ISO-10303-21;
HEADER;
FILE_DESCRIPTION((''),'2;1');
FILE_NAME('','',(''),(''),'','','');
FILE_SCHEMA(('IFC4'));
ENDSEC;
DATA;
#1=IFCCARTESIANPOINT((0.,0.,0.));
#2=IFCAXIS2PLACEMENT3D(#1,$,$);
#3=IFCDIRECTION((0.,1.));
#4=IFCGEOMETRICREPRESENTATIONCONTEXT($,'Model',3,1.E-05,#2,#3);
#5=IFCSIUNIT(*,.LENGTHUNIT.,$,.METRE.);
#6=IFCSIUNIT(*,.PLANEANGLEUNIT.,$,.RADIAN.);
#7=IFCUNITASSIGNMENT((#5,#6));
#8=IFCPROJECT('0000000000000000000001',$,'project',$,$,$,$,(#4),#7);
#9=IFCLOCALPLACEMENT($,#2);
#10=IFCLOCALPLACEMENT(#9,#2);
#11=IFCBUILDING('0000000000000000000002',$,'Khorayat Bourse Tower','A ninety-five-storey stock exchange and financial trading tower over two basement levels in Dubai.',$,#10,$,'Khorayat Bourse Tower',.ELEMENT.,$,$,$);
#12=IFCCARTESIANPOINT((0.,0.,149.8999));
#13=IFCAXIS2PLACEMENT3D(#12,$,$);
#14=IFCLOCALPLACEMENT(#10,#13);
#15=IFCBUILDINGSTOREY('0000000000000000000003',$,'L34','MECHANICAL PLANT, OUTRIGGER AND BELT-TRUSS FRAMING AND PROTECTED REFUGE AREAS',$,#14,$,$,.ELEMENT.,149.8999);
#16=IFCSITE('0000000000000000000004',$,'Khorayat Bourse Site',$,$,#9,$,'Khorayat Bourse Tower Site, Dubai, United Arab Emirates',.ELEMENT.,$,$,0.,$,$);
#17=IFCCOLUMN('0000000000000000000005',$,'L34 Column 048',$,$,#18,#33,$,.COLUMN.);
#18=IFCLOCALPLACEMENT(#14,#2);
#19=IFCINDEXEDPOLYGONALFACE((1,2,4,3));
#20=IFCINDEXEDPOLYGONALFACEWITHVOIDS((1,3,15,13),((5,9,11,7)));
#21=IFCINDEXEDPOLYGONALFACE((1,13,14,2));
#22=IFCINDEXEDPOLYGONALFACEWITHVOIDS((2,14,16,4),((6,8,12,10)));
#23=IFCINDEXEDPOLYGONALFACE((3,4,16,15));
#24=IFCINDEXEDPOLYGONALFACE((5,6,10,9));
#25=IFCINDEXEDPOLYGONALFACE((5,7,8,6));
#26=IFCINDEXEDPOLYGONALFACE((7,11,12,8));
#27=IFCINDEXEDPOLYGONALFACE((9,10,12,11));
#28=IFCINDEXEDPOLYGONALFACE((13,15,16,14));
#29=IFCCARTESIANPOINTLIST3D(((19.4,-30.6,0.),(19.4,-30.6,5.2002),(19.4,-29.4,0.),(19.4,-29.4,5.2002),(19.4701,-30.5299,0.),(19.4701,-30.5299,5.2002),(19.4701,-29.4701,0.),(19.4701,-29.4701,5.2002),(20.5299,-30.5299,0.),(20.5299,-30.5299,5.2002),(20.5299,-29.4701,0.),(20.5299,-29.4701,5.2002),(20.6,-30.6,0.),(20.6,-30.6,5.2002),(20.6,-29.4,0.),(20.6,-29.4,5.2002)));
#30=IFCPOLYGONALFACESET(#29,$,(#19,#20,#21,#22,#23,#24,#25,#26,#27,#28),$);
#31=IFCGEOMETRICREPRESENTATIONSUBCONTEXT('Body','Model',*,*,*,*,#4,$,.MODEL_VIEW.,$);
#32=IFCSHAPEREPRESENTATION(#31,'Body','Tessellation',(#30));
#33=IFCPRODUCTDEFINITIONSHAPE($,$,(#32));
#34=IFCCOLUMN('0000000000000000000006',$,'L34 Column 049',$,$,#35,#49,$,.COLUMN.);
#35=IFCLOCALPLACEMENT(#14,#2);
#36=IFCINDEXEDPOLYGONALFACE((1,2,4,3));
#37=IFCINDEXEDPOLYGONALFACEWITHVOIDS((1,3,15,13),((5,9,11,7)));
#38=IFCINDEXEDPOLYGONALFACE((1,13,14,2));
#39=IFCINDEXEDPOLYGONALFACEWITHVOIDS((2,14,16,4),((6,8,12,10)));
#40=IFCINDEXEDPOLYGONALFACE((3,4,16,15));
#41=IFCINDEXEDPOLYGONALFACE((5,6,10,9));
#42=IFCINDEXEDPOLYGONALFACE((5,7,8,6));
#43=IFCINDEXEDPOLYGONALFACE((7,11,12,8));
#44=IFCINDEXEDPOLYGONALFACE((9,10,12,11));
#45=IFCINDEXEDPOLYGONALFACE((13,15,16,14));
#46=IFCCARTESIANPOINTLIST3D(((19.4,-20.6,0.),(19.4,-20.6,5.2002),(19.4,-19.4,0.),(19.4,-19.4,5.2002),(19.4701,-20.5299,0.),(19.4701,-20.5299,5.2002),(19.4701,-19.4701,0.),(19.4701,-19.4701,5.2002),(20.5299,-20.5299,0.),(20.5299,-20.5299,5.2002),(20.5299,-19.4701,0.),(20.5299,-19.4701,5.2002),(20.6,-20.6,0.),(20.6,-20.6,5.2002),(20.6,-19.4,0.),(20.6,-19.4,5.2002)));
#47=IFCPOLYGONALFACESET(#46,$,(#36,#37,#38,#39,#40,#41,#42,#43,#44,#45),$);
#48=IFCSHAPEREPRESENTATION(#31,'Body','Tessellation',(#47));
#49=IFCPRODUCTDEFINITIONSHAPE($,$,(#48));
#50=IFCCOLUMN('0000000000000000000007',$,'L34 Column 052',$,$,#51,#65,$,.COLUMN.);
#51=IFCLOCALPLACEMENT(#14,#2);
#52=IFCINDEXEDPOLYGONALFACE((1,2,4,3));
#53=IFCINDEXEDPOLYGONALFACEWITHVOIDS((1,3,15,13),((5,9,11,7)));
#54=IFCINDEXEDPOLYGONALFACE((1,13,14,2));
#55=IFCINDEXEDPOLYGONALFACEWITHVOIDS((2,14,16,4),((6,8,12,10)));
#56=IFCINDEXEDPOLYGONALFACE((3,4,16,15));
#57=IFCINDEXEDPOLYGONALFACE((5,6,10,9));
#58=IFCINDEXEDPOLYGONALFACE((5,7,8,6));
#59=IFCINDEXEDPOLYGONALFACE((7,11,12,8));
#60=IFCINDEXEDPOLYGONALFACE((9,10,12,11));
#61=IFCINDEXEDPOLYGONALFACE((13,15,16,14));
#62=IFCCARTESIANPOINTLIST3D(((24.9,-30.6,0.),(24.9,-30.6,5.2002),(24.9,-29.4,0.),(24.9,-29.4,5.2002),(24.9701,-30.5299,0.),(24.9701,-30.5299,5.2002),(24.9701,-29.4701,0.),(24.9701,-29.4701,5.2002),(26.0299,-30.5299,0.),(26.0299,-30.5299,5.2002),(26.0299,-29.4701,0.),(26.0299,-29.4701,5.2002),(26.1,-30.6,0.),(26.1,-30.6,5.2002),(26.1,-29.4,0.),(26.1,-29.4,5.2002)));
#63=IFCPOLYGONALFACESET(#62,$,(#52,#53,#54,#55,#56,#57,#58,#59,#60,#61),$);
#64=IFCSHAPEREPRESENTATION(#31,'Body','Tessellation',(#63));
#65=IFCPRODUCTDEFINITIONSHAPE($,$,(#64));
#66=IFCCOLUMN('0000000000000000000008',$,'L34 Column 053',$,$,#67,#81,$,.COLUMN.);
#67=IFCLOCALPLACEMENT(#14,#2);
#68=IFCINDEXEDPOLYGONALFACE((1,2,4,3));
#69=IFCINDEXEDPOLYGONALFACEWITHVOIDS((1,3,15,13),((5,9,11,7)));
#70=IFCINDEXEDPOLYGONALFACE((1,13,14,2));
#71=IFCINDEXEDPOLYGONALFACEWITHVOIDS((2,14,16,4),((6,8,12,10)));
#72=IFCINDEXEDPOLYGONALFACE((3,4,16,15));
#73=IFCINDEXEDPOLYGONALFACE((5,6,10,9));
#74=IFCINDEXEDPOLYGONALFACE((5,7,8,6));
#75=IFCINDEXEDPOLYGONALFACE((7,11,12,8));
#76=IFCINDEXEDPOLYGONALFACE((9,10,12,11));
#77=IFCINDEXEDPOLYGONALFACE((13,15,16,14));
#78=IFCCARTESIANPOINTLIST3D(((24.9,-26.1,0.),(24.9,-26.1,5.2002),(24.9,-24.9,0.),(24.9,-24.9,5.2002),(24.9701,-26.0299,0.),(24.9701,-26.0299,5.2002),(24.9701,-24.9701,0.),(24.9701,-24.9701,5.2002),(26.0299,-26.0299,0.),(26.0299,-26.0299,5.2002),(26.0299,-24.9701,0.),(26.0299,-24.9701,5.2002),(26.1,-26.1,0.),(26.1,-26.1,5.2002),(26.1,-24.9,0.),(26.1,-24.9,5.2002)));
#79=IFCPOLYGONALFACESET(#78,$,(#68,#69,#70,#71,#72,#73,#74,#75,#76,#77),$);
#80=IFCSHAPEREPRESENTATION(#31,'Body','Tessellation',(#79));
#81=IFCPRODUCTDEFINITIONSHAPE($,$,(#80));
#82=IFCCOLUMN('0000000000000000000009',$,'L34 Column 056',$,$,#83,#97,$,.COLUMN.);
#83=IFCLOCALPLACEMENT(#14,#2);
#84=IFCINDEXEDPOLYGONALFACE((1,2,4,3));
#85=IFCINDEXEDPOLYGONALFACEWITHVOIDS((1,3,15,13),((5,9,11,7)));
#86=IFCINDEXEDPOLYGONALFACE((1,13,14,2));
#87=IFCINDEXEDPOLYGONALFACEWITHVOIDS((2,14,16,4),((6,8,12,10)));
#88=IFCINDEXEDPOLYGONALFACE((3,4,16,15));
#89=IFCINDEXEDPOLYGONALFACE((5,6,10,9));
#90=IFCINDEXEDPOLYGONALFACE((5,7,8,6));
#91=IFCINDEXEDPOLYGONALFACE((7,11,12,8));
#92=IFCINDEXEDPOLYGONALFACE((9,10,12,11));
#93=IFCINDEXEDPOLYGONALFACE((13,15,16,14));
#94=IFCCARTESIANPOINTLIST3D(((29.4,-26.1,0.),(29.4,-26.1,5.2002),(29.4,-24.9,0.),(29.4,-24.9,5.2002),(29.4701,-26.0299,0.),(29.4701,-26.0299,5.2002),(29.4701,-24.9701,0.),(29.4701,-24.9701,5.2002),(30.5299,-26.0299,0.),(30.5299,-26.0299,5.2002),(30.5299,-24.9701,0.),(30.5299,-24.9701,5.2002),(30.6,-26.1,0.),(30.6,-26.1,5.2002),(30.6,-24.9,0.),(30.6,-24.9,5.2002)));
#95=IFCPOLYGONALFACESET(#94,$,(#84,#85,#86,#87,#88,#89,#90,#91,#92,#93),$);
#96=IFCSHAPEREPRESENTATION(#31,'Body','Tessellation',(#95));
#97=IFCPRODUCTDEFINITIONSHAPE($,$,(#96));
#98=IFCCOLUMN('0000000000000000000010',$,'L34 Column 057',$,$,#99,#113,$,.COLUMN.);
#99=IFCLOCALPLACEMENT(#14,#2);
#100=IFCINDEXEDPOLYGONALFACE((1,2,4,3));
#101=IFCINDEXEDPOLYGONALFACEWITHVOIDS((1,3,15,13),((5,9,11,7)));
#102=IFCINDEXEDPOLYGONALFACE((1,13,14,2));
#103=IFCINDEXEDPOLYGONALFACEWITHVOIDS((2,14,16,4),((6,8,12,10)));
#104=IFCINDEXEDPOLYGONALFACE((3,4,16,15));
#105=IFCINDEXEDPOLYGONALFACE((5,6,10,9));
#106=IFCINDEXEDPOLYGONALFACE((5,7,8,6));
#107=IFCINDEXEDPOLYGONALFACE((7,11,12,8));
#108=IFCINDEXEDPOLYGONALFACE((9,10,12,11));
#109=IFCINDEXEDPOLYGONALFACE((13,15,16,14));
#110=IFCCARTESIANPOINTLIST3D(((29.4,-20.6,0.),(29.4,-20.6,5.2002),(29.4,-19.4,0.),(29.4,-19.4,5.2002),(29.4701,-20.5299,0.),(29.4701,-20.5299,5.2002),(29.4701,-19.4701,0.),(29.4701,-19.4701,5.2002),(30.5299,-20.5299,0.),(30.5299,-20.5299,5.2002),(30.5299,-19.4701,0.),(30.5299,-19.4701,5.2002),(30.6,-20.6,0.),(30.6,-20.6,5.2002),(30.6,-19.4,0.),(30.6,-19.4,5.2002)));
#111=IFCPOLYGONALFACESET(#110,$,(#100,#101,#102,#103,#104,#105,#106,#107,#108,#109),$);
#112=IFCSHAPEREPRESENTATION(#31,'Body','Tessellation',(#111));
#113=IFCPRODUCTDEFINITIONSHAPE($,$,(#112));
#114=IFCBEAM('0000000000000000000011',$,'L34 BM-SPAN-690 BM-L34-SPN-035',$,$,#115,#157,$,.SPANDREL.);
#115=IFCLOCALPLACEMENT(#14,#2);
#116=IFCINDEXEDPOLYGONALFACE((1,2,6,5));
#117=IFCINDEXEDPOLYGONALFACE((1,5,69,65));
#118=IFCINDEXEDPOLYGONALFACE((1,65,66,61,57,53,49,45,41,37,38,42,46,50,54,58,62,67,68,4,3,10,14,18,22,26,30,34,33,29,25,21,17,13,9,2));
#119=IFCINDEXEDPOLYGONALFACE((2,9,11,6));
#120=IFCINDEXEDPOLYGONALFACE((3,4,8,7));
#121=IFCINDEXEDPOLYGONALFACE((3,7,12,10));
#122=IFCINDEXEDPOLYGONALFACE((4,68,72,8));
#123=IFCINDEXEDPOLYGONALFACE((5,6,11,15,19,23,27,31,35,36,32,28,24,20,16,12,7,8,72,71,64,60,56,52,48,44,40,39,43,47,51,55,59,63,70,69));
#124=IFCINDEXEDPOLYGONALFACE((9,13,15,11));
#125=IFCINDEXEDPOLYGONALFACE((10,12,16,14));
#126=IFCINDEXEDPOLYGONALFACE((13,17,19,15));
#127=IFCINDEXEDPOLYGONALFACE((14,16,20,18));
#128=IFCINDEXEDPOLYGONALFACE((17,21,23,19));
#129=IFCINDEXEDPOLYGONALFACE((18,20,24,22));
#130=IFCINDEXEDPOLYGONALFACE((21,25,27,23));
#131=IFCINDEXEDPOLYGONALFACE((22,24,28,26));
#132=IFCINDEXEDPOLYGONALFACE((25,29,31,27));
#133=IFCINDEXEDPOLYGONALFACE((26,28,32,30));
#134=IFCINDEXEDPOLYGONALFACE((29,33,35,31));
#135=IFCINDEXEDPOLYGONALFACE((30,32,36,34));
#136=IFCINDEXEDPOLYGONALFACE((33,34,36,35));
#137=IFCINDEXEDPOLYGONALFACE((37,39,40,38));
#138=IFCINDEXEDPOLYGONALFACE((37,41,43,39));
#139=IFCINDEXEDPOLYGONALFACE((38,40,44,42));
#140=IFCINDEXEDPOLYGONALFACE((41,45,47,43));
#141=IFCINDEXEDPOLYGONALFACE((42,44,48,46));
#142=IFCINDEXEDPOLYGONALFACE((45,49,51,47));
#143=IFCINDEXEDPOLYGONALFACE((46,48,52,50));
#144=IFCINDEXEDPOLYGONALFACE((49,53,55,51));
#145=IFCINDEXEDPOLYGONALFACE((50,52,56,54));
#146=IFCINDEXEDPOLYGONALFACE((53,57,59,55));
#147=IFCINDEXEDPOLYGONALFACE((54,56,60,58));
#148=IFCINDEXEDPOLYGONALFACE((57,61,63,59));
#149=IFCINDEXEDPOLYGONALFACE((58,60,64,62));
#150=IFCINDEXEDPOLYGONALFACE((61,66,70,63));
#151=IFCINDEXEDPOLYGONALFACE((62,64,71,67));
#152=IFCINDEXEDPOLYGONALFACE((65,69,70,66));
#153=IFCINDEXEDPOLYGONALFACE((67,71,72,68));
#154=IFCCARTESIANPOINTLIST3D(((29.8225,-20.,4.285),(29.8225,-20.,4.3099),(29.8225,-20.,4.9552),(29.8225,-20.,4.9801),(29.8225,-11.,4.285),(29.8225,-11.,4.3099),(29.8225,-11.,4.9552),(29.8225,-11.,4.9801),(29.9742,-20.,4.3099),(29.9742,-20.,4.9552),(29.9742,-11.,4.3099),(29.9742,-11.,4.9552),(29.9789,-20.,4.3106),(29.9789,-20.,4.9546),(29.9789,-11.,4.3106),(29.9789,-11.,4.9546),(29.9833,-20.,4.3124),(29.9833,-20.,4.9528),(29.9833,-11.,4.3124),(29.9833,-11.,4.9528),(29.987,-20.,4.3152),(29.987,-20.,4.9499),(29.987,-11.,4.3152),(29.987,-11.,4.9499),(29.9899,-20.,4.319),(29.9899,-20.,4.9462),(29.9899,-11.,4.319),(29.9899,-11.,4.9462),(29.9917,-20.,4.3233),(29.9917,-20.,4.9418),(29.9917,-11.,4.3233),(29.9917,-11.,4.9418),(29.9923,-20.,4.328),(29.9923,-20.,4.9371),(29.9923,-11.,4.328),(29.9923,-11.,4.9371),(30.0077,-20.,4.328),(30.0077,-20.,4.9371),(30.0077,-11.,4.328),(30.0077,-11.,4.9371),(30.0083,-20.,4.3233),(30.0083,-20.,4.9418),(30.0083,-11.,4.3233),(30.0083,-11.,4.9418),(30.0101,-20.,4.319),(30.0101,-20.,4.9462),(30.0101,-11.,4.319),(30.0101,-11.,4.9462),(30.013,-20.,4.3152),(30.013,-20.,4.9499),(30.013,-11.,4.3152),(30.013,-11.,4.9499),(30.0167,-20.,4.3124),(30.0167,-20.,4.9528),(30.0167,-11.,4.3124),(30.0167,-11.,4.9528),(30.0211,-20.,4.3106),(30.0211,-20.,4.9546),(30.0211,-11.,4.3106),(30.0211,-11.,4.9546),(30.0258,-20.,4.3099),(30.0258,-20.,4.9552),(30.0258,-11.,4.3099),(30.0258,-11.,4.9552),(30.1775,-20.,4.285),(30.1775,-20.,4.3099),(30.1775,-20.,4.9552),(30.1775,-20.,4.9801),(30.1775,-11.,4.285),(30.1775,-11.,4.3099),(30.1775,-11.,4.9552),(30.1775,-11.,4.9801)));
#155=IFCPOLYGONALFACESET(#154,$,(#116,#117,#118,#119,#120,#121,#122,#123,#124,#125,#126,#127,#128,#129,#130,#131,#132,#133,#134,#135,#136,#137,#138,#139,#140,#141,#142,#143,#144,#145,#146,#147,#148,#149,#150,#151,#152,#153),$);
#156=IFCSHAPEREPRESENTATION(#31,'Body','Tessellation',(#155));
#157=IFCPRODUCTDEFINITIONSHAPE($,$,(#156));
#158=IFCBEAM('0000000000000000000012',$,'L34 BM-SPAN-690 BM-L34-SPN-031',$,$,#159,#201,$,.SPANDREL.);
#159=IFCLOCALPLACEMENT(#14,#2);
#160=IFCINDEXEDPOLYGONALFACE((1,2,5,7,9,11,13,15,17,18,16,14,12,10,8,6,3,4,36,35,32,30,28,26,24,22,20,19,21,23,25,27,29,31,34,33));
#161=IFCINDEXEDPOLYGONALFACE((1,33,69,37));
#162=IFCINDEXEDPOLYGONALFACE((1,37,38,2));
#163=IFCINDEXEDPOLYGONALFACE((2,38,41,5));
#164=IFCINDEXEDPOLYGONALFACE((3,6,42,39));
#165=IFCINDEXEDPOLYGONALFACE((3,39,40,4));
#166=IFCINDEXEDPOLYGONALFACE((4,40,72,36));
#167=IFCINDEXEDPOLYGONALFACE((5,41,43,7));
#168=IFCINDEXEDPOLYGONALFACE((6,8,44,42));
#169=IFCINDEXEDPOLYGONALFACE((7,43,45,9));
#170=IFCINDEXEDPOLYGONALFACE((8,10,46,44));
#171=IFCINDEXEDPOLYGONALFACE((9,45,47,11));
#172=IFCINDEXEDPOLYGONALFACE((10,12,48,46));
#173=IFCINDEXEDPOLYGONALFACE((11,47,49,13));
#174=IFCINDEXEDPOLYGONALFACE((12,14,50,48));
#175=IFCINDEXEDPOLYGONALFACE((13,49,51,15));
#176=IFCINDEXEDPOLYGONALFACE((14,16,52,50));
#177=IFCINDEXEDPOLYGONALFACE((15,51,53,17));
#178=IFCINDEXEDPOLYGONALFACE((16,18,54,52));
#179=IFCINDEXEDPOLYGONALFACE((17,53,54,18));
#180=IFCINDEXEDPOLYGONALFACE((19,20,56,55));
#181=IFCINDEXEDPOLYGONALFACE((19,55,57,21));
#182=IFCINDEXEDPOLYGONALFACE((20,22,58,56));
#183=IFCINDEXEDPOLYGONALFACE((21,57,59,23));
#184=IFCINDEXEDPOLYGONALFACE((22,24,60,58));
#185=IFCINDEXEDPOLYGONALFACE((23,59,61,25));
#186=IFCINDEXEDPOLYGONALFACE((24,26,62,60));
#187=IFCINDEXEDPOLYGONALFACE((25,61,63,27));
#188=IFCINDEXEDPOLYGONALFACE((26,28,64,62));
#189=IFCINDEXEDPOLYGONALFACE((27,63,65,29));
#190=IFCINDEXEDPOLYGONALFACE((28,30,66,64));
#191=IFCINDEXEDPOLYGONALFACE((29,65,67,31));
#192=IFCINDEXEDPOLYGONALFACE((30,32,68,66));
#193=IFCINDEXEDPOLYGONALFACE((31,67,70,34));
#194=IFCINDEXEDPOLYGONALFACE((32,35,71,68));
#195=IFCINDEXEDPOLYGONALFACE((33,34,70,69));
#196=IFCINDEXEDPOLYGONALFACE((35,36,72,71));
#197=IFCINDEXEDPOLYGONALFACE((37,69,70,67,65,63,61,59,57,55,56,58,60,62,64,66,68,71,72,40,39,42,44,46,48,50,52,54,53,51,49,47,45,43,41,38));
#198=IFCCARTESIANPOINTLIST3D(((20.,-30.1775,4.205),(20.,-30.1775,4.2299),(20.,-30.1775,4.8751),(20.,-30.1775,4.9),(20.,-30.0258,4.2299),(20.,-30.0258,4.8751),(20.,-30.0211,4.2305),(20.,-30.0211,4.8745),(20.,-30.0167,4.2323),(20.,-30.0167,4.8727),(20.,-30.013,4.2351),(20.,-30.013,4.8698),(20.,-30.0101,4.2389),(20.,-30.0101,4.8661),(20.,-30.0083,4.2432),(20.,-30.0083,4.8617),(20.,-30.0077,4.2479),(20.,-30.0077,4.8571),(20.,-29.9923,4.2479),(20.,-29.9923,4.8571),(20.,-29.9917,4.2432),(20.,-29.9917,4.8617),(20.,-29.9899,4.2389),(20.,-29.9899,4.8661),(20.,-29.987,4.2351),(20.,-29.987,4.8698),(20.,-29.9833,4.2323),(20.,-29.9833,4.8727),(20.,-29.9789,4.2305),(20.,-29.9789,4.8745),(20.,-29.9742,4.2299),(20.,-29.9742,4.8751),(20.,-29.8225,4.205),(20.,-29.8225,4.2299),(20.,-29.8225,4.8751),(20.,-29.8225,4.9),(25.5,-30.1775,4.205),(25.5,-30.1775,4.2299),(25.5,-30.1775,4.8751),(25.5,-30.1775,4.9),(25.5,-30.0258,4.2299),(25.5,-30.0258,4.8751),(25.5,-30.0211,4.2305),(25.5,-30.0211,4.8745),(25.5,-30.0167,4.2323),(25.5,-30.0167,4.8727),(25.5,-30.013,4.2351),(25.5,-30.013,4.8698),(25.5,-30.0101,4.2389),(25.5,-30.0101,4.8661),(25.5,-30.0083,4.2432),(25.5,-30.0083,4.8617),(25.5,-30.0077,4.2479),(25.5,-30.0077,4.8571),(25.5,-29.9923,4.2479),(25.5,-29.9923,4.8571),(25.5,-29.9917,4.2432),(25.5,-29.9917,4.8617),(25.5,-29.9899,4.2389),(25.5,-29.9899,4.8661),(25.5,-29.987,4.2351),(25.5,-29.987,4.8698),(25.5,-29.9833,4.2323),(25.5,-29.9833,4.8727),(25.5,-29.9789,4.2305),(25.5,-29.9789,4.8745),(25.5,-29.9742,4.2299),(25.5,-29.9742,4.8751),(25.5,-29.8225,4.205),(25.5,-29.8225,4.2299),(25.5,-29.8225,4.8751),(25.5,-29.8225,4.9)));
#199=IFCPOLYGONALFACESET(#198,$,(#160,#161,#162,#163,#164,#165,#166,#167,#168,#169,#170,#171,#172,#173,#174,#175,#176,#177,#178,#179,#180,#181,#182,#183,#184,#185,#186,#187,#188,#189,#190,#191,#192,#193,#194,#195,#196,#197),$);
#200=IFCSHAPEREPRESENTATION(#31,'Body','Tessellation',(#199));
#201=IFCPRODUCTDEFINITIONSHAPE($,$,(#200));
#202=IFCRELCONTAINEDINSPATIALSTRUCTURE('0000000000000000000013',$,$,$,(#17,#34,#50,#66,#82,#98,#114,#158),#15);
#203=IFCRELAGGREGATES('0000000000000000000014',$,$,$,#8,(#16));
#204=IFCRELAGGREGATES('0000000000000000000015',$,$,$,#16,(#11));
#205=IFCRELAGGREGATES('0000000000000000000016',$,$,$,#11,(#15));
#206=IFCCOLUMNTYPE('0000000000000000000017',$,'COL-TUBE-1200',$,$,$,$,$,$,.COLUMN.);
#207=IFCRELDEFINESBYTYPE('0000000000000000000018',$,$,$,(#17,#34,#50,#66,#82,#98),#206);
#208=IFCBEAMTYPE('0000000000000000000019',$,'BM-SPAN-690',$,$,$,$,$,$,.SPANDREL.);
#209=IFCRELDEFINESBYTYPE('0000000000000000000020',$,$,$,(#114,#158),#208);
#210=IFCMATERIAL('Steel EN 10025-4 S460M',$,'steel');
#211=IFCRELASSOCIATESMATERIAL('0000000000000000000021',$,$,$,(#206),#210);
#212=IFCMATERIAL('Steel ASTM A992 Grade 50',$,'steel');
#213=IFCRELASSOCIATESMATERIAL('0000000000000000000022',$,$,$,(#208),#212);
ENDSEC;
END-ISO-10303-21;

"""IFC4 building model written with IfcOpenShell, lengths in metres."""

from ifc_helpers import new_model, si_unit, direction, frame, origin, origin_2d, place, context, subcontext, project, spatial, hollow_rectangle, i_section, extrude, source, transform, mapped, material, material_profile, profile_set, type_object, element, save


model = new_model("IFC4")

# Units and contexts
model_context = context("Model", 3, precision=1e-05, world=origin(), true_north=direction((0.0, 1.0)))
body_context = subcontext(model_context, "Body", "Model", "MODEL_VIEW")
ifc_project = project(units=[si_unit("LENGTHUNIT", "METRE"), si_unit("PLANEANGLEUNIT", "RADIAN")], contexts=[model_context])

# Site, building, storey
site_placement = place(None, origin())
site = spatial("IfcSite", under=ifc_project, at=site_placement, Name="Khorayat Bourse Site", LongName="Khorayat Bourse Tower Site, Dubai, United Arab Emirates", CompositionType="ELEMENT", RefElevation=0.0)
building_placement = place(site_placement, origin())
building = spatial("IfcBuilding", under=site, at=building_placement, Name="Khorayat Bourse Tower", Description="A ninety-five-storey stock exchange and financial trading tower over two basement levels in Dubai.", LongName="Khorayat Bourse Tower", CompositionType="ELEMENT")
storey_placement = place(building_placement, frame((0.0, 0.0, 149.8999)))
storey = spatial("IfcBuildingStorey", under=building, at=storey_placement, Name="L34", Description="MECHANICAL PLANT, OUTRIGGER AND BELT-TRUSS FRAMING AND PROTECTED REFUGE AREAS", CompositionType="ELEMENT", Elevation=149.8999)

# Columns
ifc_material_1 = material(Name="Steel EN 10025-4 S460M", Category="steel")
ifc_material_profile_1 = material_profile(ifc_material_1, hollow_rectangle(XDim=1.2, YDim=1.2, WallThickness=0.0701, at=origin_2d()), Name="BOX 1200x1200x70")
ifc_profile_set_1 = profile_set([ifc_material_profile_1], Name="Steel EN 10025-4 S460M")
column_type = type_object("IfcColumnType", Name="COL-TUBE-1200", PredefinedType="COLUMN", material=ifc_profile_set_1)
shared_shape_1 = source(origin(), body_context, "Body", "SweptSolid", [
    extrude(hollow_rectangle(XDim=1.2, YDim=1.2, WallThickness=0.0701, at=origin_2d()), origin(), (0.0, 0.0, 1.0), 5.2002),
])
for number, where, z_axis, x_axis, name in (
    (1, (20.0, -30.0, 0.0), (0.0, 0.0, 1.0), (1.0, 0.0, 0.0), "L34 Column 048"),
    (2, (20.0, -20.0, 0.0), (0.0, 0.0, 1.0), (1.0, 0.0, 0.0), "L34 Column 049"),
    (3, (25.5, -30.0, 0.0), (0.0, 0.0, 1.0), (1.0, 0.0, 0.0), "L34 Column 052"),
    (4, (25.5, -25.5, 0.0), (0.0, 0.0, 1.0), (1.0, 0.0, 0.0), "L34 Column 053"),
    (5, (30.0, -25.5, 0.0), (0.0, 0.0, 1.0), (1.0, 0.0, 0.0), "L34 Column 056"),
    (6, (30.0, -20.0, 0.0), (0.0, 0.0, 1.0), (1.0, 0.0, 0.0), "L34 Column 057"),
):
    element("IfcColumn", number, at=place(storey_placement, frame(where, z_axis=z_axis, x_axis=x_axis)), inside=storey, type_object=column_type, Name=name, PredefinedType="COLUMN", context=body_context, shape_type="MappedRepresentation", body=[
        mapped(shared_shape_1, transform((0.0, 0.0, 0.0), scale=1.0)),
    ])

# Beams
ifc_material_2 = material(Name="Steel ASTM A992 Grade 50", Category="steel")
ifc_material_profile_2 = material_profile(ifc_material_2, i_section(OverallWidth=0.355, OverallDepth=0.6951, WebThickness=0.0154, FlangeThickness=0.0249, FilletRadius=0.0181, at=origin_2d()), Name="W690X217")
ifc_profile_set_2 = profile_set([ifc_material_profile_2], Name="Steel ASTM A992 Grade 50")
beam_type_1 = type_object("IfcBeamType", Name="BM-SPAN-690", PredefinedType="SPANDREL", material=ifc_profile_set_2)
shared_shape_2 = source(origin(), body_context, "Body", "SweptSolid", [
    extrude(i_section(OverallWidth=0.355, OverallDepth=0.6951, WebThickness=0.0154, FlangeThickness=0.0249, FilletRadius=0.0181, at=origin_2d()), origin(), (0.0, 0.0, 1.0), 9.0),
])
beam_1_placement = place(storey_placement, frame((30.0, -20.0, 4.6326), z_axis=(0.0, 1.0, 0.0), x_axis=(-1.0, 0.0, 0.0)))
element("IfcBeam", 7, at=beam_1_placement, inside=storey, type_object=beam_type_1, Name="L34 BM-SPAN-690 BM-L34-SPN-035", PredefinedType="SPANDREL", context=body_context, shape_type="MappedRepresentation", body=[
    mapped(shared_shape_2, transform((0.0, 0.0, 0.0), scale=1.0)),
])
shared_shape_3 = source(origin(), body_context, "Body", "SweptSolid", [
    extrude(i_section(OverallWidth=0.355, OverallDepth=0.6951, WebThickness=0.0154, FlangeThickness=0.0249, FilletRadius=0.0181, at=origin_2d()), origin(), (0.0, 0.0, 1.0), 5.5),
])
for number, where, z_axis, x_axis, name in (
    (8, (20.0, -30.0, 4.5525), (1.0, 0.0, 0.0), (0.0, 1.0, 0.0), "L34 BM-SPAN-690 BM-L34-SPN-031"),
):
    element("IfcBeam", number, at=place(storey_placement, frame(where, z_axis=z_axis, x_axis=x_axis)), inside=storey, type_object=beam_type_1, Name=name, PredefinedType="SPANDREL", context=body_context, shape_type="MappedRepresentation", body=[
        mapped(shared_shape_3, transform((0.0, 0.0, 0.0), scale=1.0)),
    ])

save(model, "model.ifc")
